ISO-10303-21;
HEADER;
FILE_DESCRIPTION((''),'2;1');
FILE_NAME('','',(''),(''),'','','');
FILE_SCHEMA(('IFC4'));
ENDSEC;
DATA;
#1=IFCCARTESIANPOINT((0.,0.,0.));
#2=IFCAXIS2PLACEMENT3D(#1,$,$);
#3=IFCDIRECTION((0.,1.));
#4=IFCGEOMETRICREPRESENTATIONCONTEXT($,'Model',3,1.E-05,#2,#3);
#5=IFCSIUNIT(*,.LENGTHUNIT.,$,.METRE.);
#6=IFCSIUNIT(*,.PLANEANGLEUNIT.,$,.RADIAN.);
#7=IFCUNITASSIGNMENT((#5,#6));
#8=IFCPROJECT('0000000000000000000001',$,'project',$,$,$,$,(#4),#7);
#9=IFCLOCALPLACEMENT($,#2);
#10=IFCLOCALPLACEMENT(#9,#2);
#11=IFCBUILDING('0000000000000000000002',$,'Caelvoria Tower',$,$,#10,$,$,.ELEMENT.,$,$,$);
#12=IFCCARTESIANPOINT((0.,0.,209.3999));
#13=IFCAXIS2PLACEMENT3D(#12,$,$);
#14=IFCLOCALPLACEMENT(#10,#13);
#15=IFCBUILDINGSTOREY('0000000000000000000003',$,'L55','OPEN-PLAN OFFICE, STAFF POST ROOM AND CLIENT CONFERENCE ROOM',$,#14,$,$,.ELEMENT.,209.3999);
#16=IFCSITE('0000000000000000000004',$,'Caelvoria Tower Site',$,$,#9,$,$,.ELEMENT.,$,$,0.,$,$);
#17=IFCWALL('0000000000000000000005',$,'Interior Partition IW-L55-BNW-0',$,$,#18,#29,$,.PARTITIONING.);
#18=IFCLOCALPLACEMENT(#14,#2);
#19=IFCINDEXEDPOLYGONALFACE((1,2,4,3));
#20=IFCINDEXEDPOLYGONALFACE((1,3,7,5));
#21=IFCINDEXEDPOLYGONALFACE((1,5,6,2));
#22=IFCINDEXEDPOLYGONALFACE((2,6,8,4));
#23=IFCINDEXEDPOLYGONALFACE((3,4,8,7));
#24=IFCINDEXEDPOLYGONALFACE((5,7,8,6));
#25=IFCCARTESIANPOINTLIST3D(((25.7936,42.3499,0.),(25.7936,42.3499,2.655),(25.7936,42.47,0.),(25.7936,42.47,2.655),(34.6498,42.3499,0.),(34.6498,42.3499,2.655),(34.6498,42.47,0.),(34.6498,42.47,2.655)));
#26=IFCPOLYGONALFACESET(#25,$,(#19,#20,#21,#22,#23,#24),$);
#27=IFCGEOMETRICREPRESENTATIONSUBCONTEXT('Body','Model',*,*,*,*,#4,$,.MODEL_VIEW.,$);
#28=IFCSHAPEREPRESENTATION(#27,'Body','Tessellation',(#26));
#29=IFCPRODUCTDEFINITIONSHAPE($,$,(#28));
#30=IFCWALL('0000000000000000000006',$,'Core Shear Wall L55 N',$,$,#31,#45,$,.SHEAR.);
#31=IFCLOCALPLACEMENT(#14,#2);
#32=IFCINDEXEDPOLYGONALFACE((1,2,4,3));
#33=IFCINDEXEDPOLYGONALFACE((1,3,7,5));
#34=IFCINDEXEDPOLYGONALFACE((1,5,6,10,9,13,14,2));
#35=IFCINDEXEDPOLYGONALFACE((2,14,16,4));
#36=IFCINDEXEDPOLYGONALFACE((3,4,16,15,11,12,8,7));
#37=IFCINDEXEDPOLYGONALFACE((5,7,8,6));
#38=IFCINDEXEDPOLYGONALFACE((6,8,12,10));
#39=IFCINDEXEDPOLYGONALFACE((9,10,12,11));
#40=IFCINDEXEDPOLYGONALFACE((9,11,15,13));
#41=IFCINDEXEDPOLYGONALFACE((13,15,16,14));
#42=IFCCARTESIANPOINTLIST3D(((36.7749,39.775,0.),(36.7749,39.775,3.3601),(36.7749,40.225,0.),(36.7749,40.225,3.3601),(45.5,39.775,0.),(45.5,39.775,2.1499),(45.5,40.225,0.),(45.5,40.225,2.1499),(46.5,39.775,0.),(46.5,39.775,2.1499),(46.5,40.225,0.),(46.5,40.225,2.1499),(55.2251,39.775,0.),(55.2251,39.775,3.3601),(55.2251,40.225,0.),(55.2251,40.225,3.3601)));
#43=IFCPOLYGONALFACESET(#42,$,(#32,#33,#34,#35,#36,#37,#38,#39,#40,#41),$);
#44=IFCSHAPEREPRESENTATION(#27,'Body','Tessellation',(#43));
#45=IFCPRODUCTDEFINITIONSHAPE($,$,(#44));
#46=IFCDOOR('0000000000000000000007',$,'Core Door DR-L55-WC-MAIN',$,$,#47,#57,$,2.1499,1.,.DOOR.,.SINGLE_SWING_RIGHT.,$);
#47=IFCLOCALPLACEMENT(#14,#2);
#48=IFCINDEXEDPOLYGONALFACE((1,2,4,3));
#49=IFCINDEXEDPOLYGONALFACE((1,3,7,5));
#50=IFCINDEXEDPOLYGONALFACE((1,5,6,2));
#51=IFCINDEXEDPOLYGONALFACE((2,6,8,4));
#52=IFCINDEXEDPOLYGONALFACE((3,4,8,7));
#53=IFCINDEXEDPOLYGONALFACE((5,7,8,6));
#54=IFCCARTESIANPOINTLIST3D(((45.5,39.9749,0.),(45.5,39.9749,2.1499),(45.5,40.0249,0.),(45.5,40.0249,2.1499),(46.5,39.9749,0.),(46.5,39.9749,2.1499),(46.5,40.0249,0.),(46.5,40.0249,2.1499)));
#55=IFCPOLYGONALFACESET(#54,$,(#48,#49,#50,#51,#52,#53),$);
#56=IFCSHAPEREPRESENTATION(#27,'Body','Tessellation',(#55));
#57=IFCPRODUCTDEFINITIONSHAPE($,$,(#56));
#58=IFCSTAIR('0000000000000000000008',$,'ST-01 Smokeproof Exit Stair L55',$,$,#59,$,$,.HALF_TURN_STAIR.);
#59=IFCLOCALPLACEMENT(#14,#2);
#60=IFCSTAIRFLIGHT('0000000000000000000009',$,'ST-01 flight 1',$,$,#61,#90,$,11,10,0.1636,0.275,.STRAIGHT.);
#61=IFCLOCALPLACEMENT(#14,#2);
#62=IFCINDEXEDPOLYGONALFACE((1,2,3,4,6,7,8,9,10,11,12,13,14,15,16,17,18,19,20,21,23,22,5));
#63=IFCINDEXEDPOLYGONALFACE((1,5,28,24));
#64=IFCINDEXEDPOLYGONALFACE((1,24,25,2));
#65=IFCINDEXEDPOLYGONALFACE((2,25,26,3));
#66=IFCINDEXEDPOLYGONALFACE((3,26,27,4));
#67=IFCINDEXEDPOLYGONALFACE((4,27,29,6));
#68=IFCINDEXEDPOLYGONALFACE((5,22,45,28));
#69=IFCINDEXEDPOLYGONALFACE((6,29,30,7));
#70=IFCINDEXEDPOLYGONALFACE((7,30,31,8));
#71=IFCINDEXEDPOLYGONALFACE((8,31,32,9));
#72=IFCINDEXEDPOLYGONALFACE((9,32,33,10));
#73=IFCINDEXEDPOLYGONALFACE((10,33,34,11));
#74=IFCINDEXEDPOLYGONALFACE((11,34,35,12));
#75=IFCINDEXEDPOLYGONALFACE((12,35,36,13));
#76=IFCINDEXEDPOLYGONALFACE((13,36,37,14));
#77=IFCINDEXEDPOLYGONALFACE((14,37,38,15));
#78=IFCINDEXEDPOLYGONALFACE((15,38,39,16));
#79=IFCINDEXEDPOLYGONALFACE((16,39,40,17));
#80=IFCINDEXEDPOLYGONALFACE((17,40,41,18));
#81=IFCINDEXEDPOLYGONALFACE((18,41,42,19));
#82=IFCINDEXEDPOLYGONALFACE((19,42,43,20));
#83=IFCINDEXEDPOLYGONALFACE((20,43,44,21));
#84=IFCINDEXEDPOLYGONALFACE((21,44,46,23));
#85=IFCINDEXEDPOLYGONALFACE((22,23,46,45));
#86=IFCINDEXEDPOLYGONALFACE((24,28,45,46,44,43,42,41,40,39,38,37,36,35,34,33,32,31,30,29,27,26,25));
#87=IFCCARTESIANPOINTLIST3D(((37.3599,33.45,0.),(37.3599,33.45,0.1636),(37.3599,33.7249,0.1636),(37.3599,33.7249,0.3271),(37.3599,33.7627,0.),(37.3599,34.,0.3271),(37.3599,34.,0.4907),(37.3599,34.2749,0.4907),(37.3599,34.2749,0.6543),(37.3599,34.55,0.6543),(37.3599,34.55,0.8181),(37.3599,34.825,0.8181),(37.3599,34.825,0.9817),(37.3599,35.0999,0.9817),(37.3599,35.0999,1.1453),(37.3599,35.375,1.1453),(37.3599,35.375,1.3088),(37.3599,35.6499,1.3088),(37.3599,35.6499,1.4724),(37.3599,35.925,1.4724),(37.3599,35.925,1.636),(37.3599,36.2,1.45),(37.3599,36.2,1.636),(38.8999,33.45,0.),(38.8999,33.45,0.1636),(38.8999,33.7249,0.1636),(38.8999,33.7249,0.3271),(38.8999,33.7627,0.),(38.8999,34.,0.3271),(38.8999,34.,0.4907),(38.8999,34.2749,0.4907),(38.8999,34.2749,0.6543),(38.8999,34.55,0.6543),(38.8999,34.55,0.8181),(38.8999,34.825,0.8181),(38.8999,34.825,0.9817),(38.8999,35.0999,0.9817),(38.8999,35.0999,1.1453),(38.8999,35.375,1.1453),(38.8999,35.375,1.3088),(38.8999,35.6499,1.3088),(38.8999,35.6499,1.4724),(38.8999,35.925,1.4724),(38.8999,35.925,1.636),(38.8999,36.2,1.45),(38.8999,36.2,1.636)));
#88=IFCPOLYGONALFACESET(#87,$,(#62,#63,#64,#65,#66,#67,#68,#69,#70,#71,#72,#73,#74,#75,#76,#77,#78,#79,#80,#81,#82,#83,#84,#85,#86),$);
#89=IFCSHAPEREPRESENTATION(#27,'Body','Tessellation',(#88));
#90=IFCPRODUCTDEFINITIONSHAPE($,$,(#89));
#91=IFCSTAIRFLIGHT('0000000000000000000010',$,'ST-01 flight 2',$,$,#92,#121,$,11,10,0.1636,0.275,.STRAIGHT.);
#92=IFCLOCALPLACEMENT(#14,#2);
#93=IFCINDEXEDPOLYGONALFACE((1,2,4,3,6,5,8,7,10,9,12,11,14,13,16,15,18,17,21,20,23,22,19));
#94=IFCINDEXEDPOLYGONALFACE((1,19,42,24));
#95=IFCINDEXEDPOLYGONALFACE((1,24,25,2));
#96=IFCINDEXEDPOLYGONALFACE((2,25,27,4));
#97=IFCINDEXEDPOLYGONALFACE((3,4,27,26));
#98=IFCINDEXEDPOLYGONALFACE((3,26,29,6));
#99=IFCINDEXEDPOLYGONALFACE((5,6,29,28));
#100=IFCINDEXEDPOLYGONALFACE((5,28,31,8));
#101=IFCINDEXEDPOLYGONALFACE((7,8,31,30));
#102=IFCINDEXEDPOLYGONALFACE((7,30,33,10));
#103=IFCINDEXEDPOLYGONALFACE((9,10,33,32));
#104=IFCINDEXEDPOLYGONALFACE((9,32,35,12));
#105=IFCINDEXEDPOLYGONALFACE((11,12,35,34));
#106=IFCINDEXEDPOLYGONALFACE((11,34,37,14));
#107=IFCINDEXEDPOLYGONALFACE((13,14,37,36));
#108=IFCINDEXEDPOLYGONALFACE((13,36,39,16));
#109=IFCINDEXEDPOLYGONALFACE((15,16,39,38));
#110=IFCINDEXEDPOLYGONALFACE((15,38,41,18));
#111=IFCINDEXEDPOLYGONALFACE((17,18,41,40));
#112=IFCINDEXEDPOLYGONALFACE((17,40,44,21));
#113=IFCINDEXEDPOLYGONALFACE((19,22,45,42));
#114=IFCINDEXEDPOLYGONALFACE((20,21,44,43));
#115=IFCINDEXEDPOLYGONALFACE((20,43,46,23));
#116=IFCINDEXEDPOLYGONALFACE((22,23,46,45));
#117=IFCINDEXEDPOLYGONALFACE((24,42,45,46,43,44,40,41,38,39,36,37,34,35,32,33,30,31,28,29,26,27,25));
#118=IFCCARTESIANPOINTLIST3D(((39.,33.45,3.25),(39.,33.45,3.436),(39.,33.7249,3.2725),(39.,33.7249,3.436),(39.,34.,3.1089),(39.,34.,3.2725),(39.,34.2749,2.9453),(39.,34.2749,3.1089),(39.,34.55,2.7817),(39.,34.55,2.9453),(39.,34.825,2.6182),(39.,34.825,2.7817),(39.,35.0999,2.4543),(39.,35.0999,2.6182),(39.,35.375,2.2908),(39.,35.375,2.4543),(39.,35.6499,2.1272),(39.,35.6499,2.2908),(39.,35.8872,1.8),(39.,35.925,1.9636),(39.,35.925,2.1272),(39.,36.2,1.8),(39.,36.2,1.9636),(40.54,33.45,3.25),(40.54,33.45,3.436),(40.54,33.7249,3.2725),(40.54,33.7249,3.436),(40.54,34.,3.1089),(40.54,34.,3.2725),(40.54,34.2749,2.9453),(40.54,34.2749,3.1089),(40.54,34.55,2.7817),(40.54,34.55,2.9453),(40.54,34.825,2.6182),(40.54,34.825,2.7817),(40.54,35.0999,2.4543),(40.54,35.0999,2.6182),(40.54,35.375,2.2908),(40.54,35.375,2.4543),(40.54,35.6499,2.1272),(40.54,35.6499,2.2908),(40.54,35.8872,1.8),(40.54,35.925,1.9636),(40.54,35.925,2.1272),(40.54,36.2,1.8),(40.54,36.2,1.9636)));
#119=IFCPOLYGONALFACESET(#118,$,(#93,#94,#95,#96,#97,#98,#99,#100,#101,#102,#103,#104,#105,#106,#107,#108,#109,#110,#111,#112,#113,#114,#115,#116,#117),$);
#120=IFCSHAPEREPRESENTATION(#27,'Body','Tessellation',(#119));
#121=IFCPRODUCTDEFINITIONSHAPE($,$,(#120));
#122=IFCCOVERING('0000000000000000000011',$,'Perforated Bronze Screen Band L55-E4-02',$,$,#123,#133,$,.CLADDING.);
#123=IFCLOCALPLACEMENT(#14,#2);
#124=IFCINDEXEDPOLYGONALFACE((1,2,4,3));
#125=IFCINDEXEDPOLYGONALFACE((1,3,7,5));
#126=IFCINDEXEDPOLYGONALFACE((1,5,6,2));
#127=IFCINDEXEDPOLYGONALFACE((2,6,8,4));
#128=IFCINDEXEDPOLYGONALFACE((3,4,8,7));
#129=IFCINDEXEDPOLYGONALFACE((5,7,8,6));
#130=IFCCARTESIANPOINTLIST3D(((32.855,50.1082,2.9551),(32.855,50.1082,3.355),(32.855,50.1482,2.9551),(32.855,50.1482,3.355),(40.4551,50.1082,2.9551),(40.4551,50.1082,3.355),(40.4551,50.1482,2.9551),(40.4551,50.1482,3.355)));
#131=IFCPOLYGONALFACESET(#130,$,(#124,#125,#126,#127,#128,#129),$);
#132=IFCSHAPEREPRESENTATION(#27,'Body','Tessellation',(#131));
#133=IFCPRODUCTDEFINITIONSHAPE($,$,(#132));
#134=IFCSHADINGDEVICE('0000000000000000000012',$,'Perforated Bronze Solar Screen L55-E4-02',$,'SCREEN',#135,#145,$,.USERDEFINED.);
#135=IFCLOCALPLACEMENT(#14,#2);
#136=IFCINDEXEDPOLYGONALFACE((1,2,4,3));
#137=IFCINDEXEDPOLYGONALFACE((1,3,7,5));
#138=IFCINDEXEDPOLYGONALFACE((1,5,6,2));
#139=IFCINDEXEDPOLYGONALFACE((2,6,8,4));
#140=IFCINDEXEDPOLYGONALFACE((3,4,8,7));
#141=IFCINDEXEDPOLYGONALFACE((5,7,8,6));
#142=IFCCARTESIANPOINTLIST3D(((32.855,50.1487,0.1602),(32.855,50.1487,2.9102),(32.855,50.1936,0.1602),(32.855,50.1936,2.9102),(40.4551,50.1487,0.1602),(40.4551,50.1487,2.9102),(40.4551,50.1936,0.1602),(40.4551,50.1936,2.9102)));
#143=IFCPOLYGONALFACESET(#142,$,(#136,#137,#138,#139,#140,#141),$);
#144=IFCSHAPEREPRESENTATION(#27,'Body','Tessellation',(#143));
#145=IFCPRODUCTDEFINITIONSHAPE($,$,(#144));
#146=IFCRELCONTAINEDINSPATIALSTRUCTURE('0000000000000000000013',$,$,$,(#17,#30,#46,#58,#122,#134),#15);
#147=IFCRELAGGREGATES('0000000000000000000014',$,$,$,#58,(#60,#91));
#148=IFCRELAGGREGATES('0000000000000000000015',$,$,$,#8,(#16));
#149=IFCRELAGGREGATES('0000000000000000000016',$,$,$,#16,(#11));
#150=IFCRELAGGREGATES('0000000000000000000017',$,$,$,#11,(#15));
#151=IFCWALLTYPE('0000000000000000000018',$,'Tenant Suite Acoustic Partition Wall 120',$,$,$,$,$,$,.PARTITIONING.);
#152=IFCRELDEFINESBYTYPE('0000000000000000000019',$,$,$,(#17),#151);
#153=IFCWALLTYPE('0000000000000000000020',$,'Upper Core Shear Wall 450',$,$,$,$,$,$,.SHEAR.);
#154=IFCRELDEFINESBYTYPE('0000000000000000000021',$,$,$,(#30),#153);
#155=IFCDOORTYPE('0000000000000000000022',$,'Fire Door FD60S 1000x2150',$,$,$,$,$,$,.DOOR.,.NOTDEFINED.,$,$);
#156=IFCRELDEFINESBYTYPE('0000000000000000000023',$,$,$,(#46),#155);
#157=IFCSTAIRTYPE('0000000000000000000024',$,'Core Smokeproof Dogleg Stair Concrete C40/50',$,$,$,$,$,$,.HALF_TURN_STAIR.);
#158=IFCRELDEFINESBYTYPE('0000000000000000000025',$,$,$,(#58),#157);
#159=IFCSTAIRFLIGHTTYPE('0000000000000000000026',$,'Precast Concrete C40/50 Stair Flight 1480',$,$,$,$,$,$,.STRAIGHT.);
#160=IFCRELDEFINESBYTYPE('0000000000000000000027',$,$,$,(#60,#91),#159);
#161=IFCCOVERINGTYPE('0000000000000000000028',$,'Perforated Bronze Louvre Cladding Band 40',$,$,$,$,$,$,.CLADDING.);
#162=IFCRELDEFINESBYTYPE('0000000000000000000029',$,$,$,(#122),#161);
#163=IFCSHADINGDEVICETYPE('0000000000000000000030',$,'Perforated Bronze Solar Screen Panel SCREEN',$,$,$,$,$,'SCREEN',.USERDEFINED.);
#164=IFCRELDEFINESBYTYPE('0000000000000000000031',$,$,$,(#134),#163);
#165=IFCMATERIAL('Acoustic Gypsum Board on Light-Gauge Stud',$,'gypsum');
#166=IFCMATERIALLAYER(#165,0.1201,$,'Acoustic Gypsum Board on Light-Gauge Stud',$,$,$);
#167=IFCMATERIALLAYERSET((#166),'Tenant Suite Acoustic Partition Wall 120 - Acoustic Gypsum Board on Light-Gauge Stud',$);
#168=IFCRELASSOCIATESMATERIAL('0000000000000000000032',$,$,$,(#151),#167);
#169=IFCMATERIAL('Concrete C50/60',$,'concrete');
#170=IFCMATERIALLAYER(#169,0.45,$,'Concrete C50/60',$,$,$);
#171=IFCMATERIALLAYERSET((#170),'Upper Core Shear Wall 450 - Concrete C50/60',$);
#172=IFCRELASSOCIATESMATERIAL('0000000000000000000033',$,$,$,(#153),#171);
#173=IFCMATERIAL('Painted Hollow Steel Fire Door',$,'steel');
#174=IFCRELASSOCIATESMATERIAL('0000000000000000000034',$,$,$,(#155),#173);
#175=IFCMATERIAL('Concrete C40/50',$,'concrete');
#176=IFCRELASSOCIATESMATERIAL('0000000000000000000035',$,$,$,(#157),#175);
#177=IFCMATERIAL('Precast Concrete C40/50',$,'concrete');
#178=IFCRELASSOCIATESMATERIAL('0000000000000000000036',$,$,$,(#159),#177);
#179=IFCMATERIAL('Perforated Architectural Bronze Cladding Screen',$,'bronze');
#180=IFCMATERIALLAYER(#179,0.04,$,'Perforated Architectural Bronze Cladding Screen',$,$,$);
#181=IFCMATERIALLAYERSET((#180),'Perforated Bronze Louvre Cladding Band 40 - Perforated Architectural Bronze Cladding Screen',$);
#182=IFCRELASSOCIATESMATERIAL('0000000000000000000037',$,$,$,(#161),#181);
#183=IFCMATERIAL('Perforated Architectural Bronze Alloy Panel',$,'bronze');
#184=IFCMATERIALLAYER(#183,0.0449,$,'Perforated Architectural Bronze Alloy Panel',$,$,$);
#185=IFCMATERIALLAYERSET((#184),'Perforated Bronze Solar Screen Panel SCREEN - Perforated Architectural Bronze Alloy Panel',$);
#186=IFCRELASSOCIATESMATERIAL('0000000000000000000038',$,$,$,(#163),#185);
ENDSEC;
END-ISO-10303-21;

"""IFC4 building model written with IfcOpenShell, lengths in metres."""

from ifc_helpers import new_model, si_unit, direction, frame, frame_2d, origin, origin_2d, place, context, subcontext, project, spatial, polyline, rectangle, outline, extrude, material, layer, layer_set, type_object, element, fill, aggregate, save


model = new_model("IFC4")

# Units and contexts
model_context = context("Model", 3, precision=1e-05, world=origin(), true_north=direction((0.0, 1.0)))
body_context = subcontext(model_context, "Body", "Model", "MODEL_VIEW")
ifc_project = project(units=[si_unit("LENGTHUNIT", "METRE"), si_unit("PLANEANGLEUNIT", "RADIAN")], contexts=[model_context])

# Site, building, storey
site_placement = place(None, origin())
site = spatial("IfcSite", under=ifc_project, at=site_placement, Name="Caelvoria Tower Site", CompositionType="ELEMENT", RefElevation=0.0)
building_placement = place(site_placement, origin())
building = spatial("IfcBuilding", under=site, at=building_placement, Name="Caelvoria Tower", CompositionType="ELEMENT")
storey_placement = place(building_placement, frame((0.0, 0.0, 209.3999)))
storey = spatial("IfcBuildingStorey", under=building, at=storey_placement, Name="L55", Description="OPEN-PLAN OFFICE, STAFF POST ROOM AND CLIENT CONFERENCE ROOM", CompositionType="ELEMENT", Elevation=209.3999)

# Shared definitions
ifc_material_1 = material(Name="Concrete C50/60", Category="concrete")

# Shared definitions
ifc_material_2 = material(Name="Acoustic Gypsum Board on Light-Gauge Stud", Category="gypsum")
ifc_layer_1 = layer(ifc_material_2, 0.1201, Name="Acoustic Gypsum Board on Light-Gauge Stud")
ifc_layer_set_1 = layer_set([ifc_layer_1], Name="Tenant Suite Acoustic Partition Wall 120 - Acoustic Gypsum Board on Light-Gauge Stud")
wall_type_1 = type_object("IfcWallType", Name="Tenant Suite Acoustic Partition Wall 120", PredefinedType="PARTITIONING", material=ifc_layer_set_1)

# Wall
wall_1_placement = place(storey_placement, frame((34.6499, 42.4099, 0.0), z_axis=(0.0, 0.0, 1.0), x_axis=(-1.0, 0.0, 0.0)))
element("IfcWall", 1, at=wall_1_placement, inside=storey, type_object=wall_type_1, Name="Interior Partition IW-L55-BNW-0", PredefinedType="PARTITIONING", context=body_context, shape_type="SweptSolid", body=[
    extrude(rectangle(XDim=8.8562, YDim=0.1201, at=frame_2d((4.4282, 0.0))), origin(), (0.0, 0.0, 1.0), 2.655),
])

# Wall, opening, door
ifc_layer_2 = layer(ifc_material_1, 0.45, Name="Concrete C50/60")
ifc_layer_set_2 = layer_set([ifc_layer_2], Name="Upper Core Shear Wall 450 - Concrete C50/60")
wall_type_2 = type_object("IfcWallType", Name="Upper Core Shear Wall 450", PredefinedType="SHEAR", material=ifc_layer_set_2)
wall_2_placement = place(storey_placement, frame((36.7749, 40.0, 0.0), z_axis=(0.0, 0.0, 1.0), x_axis=(1.0, 0.0, 0.0)))
wall_2 = element("IfcWall", 2, at=wall_2_placement, inside=storey, type_object=wall_type_2, Name="Core Shear Wall L55 N", PredefinedType="SHEAR", context=body_context, shape_type="SweptSolid", body=[
    extrude(rectangle(XDim=18.4502, YDim=0.45, at=frame_2d((9.2251, 0.0))), origin(), (0.0, 0.0, 1.0), 3.3601),
])
opening_1_placement = place(wall_2_placement, frame((8.7251, 0.0, 0.0)))
opening_1 = element("IfcOpeningElement", 3, at=opening_1_placement, cuts=wall_2, PredefinedType="OPENING", context=body_context, shape_type="SweptSolid", body=[
    extrude(rectangle(XDim=1.0, YDim=2.1499, at=frame_2d((0.5, 1.075))), frame((0.0, 0.2349, 0.0), z_axis=(0.0, -1.0, 0.0), x_axis=(1.0, 0.0, 0.0)), (0.0, 0.0, 1.0), 0.47),
])
ifc_material_3 = material(Name="Painted Hollow Steel Fire Door", Category="steel")
door_type_1 = type_object("IfcDoorType", Name="Fire Door FD60S 1000x2150", OperationType="NOTDEFINED", PredefinedType="DOOR", material=ifc_material_3)
door_1_placement = place(opening_1_placement, origin())
door_1 = element("IfcDoor", 4, at=door_1_placement, inside=storey, type_object=door_type_1, Name="Core Door DR-L55-WC-MAIN", OperationType="SINGLE_SWING_RIGHT", OverallHeight=2.1499, OverallWidth=1.0, PredefinedType="DOOR", context=body_context, shape_type="SweptSolid", body=[
    extrude(rectangle(XDim=1.0, YDim=2.1499, at=frame_2d((0.5, 1.075))), frame((0.0, 0.0249, 0.0), z_axis=(0.0, -1.0, 0.0), x_axis=(1.0, 0.0, 0.0)), (0.0, 0.0, 1.0), 0.05),
])
fill(opening_1, door_1)

# Stair, stair flights
ifc_material_4 = material(Name="Concrete C40/50", Category="concrete")
stair_type = type_object("IfcStairType", Name="Core Smokeproof Dogleg Stair Concrete C40/50", PredefinedType="HALF_TURN_STAIR", material=ifc_material_4)
stair_placement = place(storey_placement, origin())
stair = element("IfcStair", 5, at=stair_placement, inside=storey, type_object=stair_type, Name="ST-01 Smokeproof Exit Stair L55", PredefinedType="HALF_TURN_STAIR")
ifc_material_5 = material(Name="Precast Concrete C40/50", Category="concrete")
stair_flight_type = type_object("IfcStairFlightType", Name="Precast Concrete C40/50 Stair Flight 1480", PredefinedType="STRAIGHT", material=ifc_material_5)
stair_flight_1_placement = place(storey_placement, frame((38.1299, 33.45, 0.0), z_axis=(0.0, 0.0, 1.0), x_axis=(0.0, 1.0, 0.0)))
stair_flight_1 = element("IfcStairFlight", 6, at=stair_flight_1_placement, type_object=stair_flight_type, Name="ST-01 flight 1", NumberOfRisers=11, NumberOfTreads=10, PredefinedType="STRAIGHT", RiserHeight=0.1636, TreadLength=0.275, context=body_context, shape_type="SweptSolid", body=[
    extrude(outline(polyline([(0.0, 0.0), (0.0, 0.1636), (0.2749, 0.1636), (0.2749, 0.3271), (0.55, 0.3271), (0.55, 0.4907), (0.825, 0.4907), (0.825, 0.6543), (1.1001, 0.6543), (1.1001, 0.8181), (1.375, 0.8181), (1.375, 0.9817), (1.6499, 0.9817), (1.6499, 1.1453), (1.925, 1.1453), (1.925, 1.3088), (2.2, 1.3088), (2.2, 1.4724), (2.4751, 1.4724), (2.4751, 1.636), (2.75, 1.636), (2.75, 1.7996), (2.75, 1.45), (0.3127, 0.0), (0.0, 0.0)])), frame((0.0, 0.77, 0.0), z_axis=(0.0, -1.0, 0.0), x_axis=(1.0, 0.0, 0.0)), (0.0, 0.0, 1.0), 1.54),
])
stair_flight_2_placement = place(storey_placement, frame((39.77, 36.2, 1.8), z_axis=(0.0, 0.0, 1.0), x_axis=(0.0, -1.0, 0.0)))
stair_flight_2 = element("IfcStairFlight", 7, at=stair_flight_2_placement, type_object=stair_flight_type, Name="ST-01 flight 2", NumberOfRisers=11, NumberOfTreads=10, PredefinedType="STRAIGHT", RiserHeight=0.1636, TreadLength=0.275, context=body_context, shape_type="SweptSolid", body=[
    extrude(outline(polyline([(0.0, 0.0), (0.0, 0.1636), (0.2749, 0.1636), (0.2749, 0.3271), (0.55, 0.3271), (0.55, 0.4907), (0.825, 0.4907), (0.825, 0.6543), (1.1001, 0.6543), (1.1001, 0.8181), (1.375, 0.8181), (1.375, 0.9817), (1.6499, 0.9817), (1.6499, 1.1453), (1.925, 1.1453), (1.925, 1.3088), (2.2, 1.3088), (2.2, 1.4724), (2.4751, 1.4724), (2.4751, 1.636), (2.75, 1.636), (2.75, 1.7996), (2.75, 1.45), (0.3127, 0.0), (0.0, 0.0)])), frame((0.0, 0.77, 0.0), z_axis=(0.0, -1.0, 0.0), x_axis=(1.0, 0.0, 0.0)), (0.0, 0.0, 1.0), 1.54),
])
aggregate(stair, [stair_flight_1, stair_flight_2])

# Covering
ifc_material_6 = material(Name="Perforated Architectural Bronze Cladding Screen", Category="bronze")
ifc_layer_3 = layer(ifc_material_6, 0.04, Name="Perforated Architectural Bronze Cladding Screen")
ifc_layer_set_3 = layer_set([ifc_layer_3], Name="Perforated Bronze Louvre Cladding Band 40 - Perforated Architectural Bronze Cladding Screen")
covering_type = type_object("IfcCoveringType", Name="Perforated Bronze Louvre Cladding Band 40", PredefinedType="CLADDING", material=ifc_layer_set_3)
covering_placement = place(storey_placement, frame((36.655, 50.1282, 2.9551), z_axis=(0.0, 0.0, 1.0), x_axis=(-1.0, 0.0, 0.0)))
element("IfcCovering", 8, at=covering_placement, inside=storey, type_object=covering_type, Name="Perforated Bronze Screen Band L55-E4-02", PredefinedType="CLADDING", context=body_context, shape_type="SweptSolid", body=[
    extrude(rectangle(XDim=7.6001, YDim=0.04, at=origin_2d()), origin(), (0.0, 0.0, 1.0), 0.3999),
])

# Shading device
ifc_material_7 = material(Name="Perforated Architectural Bronze Alloy Panel", Category="bronze")
ifc_layer_4 = layer(ifc_material_7, 0.0449, Name="Perforated Architectural Bronze Alloy Panel")
ifc_layer_set_4 = layer_set([ifc_layer_4], Name="Perforated Bronze Solar Screen Panel SCREEN - Perforated Architectural Bronze Alloy Panel")
shading_device_type = type_object("IfcShadingDeviceType", Name="Perforated Bronze Solar Screen Panel SCREEN", ElementType="SCREEN", PredefinedType="USERDEFINED", material=ifc_layer_set_4)
shading_device_placement = place(storey_placement, frame((36.655, 50.1711, 0.1602), z_axis=(0.0, 0.0, 1.0), x_axis=(-1.0, 0.0, 0.0)))
element("IfcShadingDevice", 9, at=shading_device_placement, inside=storey, type_object=shading_device_type, Name="Perforated Bronze Solar Screen L55-E4-02", ObjectType="SCREEN", PredefinedType="USERDEFINED", context=body_context, shape_type="SweptSolid", body=[
    extrude(rectangle(XDim=7.6001, YDim=0.0449, at=origin_2d()), origin(), (0.0, 0.0, 1.0), 2.75),
])

save(model, "model.ifc")
